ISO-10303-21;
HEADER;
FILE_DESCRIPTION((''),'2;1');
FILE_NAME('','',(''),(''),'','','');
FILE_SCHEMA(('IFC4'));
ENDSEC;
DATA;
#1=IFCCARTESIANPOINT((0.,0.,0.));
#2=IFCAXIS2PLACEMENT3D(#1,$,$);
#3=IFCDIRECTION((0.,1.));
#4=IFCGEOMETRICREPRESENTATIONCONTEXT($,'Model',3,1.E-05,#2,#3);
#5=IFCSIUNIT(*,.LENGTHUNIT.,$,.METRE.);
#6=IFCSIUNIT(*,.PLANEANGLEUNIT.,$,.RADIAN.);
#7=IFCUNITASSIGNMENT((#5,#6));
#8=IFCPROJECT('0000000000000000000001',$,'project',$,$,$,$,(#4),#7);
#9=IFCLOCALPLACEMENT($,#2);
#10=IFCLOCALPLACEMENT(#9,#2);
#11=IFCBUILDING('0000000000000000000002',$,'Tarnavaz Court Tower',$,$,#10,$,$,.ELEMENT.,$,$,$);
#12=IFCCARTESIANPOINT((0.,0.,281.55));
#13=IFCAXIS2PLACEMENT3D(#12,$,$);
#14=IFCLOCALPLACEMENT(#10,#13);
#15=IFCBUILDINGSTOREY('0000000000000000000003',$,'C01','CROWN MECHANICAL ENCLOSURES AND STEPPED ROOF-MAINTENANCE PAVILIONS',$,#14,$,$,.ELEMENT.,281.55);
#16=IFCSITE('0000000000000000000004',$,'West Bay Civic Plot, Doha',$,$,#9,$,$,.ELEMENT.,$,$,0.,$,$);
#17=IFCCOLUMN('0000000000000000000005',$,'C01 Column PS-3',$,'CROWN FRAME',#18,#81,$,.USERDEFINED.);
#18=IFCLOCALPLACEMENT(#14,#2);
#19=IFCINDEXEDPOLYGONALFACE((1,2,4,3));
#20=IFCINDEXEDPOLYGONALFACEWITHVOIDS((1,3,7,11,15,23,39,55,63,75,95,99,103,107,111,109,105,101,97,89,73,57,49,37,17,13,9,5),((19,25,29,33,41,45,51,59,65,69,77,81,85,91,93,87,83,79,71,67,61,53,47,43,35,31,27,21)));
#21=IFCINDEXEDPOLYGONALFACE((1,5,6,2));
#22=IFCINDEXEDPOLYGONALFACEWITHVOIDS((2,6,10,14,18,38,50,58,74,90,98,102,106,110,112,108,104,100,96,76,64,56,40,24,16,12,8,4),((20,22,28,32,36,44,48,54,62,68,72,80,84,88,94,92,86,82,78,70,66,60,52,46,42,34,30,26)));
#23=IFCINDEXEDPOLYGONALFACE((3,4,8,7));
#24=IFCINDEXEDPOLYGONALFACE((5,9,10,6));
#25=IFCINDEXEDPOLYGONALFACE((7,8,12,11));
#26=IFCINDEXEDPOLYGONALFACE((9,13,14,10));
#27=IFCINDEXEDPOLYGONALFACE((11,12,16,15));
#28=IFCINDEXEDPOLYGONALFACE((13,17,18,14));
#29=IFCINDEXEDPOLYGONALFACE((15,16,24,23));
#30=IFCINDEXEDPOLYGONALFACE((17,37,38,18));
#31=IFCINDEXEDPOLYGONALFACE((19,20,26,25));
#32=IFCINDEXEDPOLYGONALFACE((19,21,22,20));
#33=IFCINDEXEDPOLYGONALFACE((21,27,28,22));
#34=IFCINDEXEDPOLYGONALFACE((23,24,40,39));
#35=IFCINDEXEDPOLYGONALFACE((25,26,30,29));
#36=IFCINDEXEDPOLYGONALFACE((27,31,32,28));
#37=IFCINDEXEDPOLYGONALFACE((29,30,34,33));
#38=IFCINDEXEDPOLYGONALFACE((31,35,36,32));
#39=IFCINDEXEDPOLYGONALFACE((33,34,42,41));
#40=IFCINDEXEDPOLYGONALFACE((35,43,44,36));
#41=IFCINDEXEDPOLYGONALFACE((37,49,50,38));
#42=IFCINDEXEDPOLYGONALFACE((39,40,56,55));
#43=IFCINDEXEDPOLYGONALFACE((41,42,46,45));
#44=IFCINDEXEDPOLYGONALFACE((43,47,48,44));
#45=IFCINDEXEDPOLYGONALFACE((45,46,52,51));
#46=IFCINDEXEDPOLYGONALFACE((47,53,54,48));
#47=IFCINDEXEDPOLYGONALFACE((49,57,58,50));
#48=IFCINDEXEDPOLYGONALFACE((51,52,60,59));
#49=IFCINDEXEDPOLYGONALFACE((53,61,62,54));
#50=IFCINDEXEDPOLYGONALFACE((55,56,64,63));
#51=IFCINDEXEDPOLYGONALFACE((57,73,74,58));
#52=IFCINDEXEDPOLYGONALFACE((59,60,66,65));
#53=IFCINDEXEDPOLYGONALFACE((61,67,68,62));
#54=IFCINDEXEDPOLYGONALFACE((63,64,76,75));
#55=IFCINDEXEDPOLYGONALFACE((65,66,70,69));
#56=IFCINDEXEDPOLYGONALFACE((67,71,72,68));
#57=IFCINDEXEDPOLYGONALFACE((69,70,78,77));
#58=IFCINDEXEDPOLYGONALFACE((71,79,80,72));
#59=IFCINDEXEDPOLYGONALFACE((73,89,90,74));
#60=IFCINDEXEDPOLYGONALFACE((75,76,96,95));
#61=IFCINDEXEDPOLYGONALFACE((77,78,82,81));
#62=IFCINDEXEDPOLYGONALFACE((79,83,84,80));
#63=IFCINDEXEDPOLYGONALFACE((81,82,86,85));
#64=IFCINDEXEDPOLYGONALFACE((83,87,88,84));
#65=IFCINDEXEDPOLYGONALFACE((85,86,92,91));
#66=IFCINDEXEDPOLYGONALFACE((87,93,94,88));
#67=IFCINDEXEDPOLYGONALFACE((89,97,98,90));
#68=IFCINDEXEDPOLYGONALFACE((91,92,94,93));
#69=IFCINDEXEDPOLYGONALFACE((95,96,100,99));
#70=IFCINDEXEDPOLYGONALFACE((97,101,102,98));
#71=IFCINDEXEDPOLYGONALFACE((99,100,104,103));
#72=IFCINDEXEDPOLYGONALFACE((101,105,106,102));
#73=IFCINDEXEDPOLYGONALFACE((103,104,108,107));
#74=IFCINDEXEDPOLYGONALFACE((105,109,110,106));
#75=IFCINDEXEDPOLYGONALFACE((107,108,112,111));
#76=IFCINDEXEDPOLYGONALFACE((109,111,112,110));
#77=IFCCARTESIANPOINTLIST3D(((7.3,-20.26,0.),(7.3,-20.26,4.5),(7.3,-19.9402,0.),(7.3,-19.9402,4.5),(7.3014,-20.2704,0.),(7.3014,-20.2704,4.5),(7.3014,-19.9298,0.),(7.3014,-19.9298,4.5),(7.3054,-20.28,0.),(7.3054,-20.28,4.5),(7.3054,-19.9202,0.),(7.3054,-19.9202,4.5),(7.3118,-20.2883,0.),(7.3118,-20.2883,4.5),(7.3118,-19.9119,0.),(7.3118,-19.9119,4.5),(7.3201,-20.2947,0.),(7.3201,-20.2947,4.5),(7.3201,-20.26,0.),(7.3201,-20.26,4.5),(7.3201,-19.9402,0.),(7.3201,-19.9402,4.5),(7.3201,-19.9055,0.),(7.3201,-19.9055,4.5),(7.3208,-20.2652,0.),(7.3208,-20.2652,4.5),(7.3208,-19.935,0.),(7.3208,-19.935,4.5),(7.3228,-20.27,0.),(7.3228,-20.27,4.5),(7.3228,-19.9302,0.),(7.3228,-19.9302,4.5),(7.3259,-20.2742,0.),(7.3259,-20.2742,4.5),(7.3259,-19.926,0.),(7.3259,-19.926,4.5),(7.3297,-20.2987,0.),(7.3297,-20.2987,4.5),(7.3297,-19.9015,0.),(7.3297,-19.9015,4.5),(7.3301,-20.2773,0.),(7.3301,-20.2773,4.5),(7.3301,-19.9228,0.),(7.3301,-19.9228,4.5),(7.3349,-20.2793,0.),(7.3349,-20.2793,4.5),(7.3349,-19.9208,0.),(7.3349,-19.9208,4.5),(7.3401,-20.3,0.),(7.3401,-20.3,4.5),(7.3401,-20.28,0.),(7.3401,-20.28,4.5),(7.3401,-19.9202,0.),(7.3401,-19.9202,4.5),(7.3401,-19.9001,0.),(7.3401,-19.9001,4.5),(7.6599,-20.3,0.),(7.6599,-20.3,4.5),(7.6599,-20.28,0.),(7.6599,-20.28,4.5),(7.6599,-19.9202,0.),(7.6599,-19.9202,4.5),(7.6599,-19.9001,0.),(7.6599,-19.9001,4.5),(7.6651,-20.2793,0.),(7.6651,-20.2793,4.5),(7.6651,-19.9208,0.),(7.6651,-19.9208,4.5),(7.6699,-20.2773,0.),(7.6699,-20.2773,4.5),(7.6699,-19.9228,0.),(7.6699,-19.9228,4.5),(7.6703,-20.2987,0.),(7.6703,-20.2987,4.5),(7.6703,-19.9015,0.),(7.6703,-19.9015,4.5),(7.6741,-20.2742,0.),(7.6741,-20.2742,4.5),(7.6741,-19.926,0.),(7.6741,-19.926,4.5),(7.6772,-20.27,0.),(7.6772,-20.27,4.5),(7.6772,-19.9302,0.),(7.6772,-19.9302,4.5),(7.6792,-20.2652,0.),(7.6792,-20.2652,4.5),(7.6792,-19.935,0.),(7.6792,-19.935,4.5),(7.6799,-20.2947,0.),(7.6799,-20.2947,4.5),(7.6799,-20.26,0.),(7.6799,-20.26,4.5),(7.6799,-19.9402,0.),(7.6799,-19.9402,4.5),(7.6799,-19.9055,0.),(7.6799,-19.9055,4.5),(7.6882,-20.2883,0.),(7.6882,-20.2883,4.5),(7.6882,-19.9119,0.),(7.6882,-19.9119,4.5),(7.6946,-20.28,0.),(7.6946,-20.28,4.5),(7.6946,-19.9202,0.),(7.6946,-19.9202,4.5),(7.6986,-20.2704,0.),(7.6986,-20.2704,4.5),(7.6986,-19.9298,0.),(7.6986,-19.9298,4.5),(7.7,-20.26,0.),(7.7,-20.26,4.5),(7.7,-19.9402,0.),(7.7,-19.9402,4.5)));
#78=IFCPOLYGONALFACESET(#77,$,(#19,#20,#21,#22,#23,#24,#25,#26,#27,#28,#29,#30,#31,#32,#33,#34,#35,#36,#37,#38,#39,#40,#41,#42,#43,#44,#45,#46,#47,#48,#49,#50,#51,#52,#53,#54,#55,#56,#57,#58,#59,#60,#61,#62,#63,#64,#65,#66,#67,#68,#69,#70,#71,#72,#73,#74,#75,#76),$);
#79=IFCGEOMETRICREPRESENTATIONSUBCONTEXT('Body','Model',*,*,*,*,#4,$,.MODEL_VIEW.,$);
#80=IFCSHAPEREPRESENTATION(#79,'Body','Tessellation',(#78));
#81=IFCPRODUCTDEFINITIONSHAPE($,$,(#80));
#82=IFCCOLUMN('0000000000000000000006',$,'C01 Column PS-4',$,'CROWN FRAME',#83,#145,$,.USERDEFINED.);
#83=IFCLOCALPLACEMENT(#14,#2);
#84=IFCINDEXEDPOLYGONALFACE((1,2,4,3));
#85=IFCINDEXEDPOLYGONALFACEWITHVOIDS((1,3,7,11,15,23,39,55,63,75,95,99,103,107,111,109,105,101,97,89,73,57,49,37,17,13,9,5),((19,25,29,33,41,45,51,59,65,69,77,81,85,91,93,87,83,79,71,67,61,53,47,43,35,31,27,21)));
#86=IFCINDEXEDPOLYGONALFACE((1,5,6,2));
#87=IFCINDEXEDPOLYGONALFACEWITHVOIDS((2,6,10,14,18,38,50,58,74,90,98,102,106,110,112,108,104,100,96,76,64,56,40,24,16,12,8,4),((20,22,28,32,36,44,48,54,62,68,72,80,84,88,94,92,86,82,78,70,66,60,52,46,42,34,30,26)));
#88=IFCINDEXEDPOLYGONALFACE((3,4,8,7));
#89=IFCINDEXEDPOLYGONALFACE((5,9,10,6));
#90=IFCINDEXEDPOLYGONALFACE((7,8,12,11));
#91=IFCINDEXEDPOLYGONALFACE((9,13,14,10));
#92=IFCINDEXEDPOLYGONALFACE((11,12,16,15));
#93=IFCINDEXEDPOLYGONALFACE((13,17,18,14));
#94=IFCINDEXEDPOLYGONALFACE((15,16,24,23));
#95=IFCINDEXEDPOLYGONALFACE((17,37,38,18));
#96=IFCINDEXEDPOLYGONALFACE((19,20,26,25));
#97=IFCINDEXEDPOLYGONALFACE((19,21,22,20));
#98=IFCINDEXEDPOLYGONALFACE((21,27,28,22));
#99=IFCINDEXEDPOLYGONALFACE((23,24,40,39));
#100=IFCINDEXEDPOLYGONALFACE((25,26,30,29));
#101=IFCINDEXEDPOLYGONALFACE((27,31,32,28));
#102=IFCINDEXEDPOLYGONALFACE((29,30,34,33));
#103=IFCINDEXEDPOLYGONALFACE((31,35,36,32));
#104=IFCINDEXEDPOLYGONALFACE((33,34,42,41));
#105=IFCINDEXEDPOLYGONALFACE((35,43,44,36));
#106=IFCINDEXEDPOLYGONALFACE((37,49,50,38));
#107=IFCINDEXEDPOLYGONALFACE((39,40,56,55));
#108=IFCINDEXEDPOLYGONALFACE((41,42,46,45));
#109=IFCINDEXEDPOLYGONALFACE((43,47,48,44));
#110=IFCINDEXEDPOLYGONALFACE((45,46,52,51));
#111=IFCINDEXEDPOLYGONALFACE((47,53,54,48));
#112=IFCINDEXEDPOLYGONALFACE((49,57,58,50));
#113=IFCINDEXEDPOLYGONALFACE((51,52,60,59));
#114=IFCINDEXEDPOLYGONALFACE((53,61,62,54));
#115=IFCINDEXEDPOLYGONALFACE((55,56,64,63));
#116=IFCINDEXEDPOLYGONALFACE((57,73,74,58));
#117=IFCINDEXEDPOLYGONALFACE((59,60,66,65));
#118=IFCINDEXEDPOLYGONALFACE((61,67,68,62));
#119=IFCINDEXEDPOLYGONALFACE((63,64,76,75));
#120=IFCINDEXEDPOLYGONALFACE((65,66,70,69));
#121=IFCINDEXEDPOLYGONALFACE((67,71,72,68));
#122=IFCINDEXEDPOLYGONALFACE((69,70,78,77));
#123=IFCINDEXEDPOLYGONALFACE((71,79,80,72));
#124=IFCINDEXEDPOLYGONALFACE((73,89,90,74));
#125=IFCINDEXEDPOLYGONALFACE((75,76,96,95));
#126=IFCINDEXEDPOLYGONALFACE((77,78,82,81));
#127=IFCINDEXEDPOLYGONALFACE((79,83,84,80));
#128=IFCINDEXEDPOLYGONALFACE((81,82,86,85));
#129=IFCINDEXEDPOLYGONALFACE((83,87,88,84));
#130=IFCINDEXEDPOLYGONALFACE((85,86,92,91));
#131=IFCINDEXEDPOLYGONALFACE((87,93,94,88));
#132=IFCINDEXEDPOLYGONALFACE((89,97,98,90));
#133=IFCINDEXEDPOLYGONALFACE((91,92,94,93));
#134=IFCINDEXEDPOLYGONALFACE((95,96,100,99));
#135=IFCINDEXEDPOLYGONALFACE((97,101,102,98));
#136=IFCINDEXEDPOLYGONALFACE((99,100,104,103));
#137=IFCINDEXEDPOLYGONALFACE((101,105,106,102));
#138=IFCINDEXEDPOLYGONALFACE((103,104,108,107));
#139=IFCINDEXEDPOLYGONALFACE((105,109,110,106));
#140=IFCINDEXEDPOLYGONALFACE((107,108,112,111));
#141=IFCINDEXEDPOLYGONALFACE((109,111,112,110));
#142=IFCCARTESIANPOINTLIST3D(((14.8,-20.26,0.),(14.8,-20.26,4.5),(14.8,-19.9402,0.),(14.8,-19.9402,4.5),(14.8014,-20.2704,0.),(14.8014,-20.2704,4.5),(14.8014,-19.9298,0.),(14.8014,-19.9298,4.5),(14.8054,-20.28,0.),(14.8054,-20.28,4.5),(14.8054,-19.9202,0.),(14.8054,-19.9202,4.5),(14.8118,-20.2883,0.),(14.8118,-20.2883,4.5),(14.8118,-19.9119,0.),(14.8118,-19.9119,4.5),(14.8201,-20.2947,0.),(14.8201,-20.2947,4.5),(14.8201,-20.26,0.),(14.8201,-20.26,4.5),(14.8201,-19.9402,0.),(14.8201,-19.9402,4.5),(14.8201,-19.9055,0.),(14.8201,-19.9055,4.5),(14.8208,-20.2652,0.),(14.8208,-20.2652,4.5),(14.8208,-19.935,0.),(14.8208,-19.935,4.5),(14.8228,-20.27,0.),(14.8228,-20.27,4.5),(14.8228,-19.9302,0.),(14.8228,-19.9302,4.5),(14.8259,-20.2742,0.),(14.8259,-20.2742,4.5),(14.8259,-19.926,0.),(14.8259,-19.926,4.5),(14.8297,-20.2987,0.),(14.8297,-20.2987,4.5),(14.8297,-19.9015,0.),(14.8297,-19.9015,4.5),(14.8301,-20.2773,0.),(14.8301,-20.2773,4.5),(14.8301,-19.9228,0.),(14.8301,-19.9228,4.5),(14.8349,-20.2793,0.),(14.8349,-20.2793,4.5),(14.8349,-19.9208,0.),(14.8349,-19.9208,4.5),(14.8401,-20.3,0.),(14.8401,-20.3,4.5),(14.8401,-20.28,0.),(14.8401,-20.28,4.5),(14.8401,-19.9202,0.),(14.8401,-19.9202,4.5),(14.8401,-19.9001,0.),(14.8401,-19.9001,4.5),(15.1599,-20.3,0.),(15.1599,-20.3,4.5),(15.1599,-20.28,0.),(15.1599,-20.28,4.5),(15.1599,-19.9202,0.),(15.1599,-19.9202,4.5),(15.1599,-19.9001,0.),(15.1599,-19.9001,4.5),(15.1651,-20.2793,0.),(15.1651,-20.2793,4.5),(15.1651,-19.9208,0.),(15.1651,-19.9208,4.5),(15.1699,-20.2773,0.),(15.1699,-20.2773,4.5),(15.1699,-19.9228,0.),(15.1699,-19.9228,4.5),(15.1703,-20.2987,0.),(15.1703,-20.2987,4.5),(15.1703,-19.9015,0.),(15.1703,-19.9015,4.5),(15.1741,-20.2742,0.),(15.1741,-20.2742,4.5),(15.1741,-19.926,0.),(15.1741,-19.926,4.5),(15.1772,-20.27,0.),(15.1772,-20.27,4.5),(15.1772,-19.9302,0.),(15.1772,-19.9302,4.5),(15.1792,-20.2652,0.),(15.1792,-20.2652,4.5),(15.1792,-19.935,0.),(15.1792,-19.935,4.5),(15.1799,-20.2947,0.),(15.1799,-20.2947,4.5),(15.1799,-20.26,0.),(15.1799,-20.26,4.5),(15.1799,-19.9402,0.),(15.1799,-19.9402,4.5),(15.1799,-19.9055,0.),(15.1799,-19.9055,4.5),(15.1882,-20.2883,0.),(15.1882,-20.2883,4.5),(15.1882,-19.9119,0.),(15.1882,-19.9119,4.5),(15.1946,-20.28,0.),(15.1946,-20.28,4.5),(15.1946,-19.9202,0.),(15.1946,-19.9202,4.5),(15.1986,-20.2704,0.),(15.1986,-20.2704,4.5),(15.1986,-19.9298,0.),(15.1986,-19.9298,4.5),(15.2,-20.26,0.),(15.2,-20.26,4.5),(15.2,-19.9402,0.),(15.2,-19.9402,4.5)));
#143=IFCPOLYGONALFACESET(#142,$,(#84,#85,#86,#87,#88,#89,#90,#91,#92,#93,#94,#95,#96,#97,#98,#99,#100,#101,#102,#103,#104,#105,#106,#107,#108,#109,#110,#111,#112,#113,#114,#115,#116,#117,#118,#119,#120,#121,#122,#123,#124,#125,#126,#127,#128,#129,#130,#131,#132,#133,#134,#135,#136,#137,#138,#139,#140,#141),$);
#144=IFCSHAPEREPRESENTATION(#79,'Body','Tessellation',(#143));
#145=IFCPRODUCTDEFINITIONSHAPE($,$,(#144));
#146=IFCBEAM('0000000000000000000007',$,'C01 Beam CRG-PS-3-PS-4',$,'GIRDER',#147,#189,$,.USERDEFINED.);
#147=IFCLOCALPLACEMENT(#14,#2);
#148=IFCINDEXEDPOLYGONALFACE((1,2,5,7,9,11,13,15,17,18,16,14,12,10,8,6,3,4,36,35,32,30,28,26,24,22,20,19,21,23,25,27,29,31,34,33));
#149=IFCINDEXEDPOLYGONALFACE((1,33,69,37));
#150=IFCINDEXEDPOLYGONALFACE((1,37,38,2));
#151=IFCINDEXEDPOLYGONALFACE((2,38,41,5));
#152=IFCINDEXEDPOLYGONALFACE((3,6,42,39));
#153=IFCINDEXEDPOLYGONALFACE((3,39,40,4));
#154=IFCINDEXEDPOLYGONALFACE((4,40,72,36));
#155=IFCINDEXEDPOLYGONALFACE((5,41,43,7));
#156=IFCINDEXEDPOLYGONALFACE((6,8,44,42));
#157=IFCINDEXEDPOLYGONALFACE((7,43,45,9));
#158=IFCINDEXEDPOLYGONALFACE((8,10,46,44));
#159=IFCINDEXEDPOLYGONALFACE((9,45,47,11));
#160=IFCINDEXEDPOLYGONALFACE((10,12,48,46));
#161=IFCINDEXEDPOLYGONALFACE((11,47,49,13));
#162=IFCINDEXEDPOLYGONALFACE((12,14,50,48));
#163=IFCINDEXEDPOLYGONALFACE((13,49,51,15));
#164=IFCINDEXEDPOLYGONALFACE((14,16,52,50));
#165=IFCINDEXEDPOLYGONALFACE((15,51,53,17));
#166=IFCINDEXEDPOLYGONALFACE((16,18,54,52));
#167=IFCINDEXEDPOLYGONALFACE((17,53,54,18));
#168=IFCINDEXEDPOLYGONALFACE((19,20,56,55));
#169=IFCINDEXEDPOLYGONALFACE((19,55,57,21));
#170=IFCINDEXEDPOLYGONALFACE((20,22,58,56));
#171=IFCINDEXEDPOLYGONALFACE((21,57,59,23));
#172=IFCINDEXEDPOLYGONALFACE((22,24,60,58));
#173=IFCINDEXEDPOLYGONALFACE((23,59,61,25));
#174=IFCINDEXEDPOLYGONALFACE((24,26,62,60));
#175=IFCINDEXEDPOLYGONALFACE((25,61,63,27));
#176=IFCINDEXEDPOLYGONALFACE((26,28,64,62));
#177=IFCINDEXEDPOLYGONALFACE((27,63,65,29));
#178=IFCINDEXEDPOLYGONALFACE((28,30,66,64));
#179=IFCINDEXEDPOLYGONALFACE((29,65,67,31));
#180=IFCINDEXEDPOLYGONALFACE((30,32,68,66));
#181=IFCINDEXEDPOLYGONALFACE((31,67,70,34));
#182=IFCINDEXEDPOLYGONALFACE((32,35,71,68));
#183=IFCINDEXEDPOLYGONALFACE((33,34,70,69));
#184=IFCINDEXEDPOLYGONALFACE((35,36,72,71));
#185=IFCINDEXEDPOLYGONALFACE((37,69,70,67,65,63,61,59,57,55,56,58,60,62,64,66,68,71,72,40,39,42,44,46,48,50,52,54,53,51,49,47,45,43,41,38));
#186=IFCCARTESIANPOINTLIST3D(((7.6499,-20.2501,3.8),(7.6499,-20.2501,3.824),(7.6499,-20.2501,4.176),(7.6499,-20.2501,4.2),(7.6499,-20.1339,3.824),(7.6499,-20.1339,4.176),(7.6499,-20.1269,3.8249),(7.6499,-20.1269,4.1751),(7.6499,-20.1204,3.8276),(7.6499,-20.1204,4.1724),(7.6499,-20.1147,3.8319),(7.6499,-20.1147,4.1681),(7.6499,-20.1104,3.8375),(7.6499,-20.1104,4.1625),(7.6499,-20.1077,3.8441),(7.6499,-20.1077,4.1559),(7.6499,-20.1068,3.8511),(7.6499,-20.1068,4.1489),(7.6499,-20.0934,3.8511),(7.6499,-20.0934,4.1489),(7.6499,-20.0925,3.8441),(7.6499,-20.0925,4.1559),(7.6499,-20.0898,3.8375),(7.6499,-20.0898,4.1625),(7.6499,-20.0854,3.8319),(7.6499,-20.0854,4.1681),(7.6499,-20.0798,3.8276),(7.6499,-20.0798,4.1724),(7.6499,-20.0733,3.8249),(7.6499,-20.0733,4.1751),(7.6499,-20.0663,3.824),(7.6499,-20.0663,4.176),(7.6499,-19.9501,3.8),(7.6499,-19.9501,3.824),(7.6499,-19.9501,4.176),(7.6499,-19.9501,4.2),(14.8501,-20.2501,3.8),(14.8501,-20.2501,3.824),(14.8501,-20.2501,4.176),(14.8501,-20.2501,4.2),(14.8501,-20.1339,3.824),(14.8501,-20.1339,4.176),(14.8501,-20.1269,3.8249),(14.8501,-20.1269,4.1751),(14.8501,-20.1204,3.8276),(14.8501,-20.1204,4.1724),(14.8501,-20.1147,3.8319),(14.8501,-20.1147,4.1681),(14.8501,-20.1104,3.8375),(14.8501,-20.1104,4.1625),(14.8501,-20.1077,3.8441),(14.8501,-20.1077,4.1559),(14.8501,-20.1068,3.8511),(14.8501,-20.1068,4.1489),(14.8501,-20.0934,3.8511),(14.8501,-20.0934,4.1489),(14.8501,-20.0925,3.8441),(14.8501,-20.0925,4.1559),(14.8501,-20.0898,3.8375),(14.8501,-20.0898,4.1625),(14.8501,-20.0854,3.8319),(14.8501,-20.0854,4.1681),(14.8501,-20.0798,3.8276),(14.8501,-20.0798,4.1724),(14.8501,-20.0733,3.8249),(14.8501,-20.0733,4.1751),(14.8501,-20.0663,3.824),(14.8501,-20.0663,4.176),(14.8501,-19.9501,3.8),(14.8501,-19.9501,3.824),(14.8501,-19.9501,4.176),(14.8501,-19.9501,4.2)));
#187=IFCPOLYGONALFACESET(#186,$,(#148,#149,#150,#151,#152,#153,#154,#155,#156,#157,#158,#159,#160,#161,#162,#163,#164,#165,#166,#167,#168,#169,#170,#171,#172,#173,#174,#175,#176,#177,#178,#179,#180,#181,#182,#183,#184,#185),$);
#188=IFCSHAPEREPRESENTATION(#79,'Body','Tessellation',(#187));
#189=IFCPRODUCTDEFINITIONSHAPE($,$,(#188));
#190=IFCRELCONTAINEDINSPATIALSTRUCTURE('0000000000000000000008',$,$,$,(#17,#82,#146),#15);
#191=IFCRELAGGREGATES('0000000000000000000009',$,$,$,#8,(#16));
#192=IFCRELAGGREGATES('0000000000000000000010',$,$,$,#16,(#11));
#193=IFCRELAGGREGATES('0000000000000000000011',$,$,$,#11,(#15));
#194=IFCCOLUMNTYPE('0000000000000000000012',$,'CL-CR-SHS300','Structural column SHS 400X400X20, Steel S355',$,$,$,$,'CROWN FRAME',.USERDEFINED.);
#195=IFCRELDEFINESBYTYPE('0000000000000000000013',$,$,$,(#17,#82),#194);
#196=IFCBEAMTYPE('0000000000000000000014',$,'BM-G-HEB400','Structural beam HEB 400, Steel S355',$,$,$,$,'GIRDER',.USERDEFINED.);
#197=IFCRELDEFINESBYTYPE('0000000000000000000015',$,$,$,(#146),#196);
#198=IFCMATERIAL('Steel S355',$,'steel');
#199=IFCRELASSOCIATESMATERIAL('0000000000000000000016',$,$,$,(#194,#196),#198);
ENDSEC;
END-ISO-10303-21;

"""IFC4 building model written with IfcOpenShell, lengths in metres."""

from ifc_helpers import new_model, si_unit, direction, frame, origin, origin_2d, place, context, subcontext, project, spatial, hollow_rectangle, i_section, extrude, material, material_profile, profile_set, type_object, element, save


model = new_model("IFC4")

# Units and contexts
model_context = context("Model", 3, precision=1e-05, world=origin(), true_north=direction((0.0, 1.0)))
body_context = subcontext(model_context, "Body", "Model", "MODEL_VIEW")
ifc_project = project(units=[si_unit("LENGTHUNIT", "METRE"), si_unit("PLANEANGLEUNIT", "RADIAN")], contexts=[model_context])

# Site, building, storey
site_placement = place(None, origin())
site = spatial("IfcSite", under=ifc_project, at=site_placement, Name="West Bay Civic Plot, Doha", CompositionType="ELEMENT", RefElevation=0.0)
building_placement = place(site_placement, origin())
building = spatial("IfcBuilding", under=site, at=building_placement, Name="Tarnavaz Court Tower", CompositionType="ELEMENT")
storey_placement = place(building_placement, frame((0.0, 0.0, 281.55)))
storey = spatial("IfcBuildingStorey", under=building, at=storey_placement, Name="C01", Description="CROWN MECHANICAL ENCLOSURES AND STEPPED ROOF-MAINTENANCE PAVILIONS", CompositionType="ELEMENT", Elevation=281.55)

# Columns
ifc_material_1 = material(Name="Steel S355", Category="steel")
ifc_material_profile_1 = material_profile(ifc_material_1, hollow_rectangle(XDim=0.3999, YDim=0.3999, WallThickness=0.02, InnerFilletRadius=0.02, OuterFilletRadius=0.04, at=origin_2d()), Name="SHS 400X400X20")
ifc_profile_set_1 = profile_set([ifc_material_profile_1], Name="Steel S355")
column_type = type_object("IfcColumnType", Name="CL-CR-SHS300", Description="Structural column SHS 400X400X20, Steel S355", ElementType="CROWN FRAME", PredefinedType="USERDEFINED", material=ifc_profile_set_1)
for number, where, z_axis, x_axis, name in (
    (1, (7.5, -20.1001, 0.0), (0.0, 0.0, 1.0), (1.0, 0.0, 0.0), "C01 Column PS-3"),
    (2, (15.0, -20.1001, 0.0), (0.0, 0.0, 1.0), (1.0, 0.0, 0.0), "C01 Column PS-4"),
):
    element("IfcColumn", number, at=place(storey_placement, frame(where, z_axis=z_axis, x_axis=x_axis)), inside=storey, type_object=column_type, Name=name, ObjectType="CROWN FRAME", PredefinedType="USERDEFINED", context=body_context, shape_type="SweptSolid", body=[
        extrude(hollow_rectangle(XDim=0.3999, YDim=0.3999, WallThickness=0.02, InnerFilletRadius=0.02, OuterFilletRadius=0.04, at=origin_2d()), origin(), (0.0, 0.0, 1.0), 4.5),
    ])

# Beam
ifc_material_profile_2 = material_profile(ifc_material_1, i_section(OverallWidth=0.3, OverallDepth=0.3999, WebThickness=0.0134, FlangeThickness=0.0239, FilletRadius=0.0271, at=origin_2d()), Name="HEB 400")
ifc_profile_set_2 = profile_set([ifc_material_profile_2], Name="Steel S355")
beam_type = type_object("IfcBeamType", Name="BM-G-HEB400", Description="Structural beam HEB 400, Steel S355", ElementType="GIRDER", PredefinedType="USERDEFINED", material=ifc_profile_set_2)
beam_placement = place(storey_placement, frame((7.6499, -20.1001, 4.0), z_axis=(1.0, 0.0, 0.0), x_axis=(0.0, 1.0, 0.0)))
element("IfcBeam", 3, at=beam_placement, inside=storey, type_object=beam_type, Name="C01 Beam CRG-PS-3-PS-4", ObjectType="GIRDER", PredefinedType="USERDEFINED", context=body_context, shape_type="SweptSolid", body=[
    extrude(i_section(OverallWidth=0.3, OverallDepth=0.3999, WebThickness=0.0134, FlangeThickness=0.0239, FilletRadius=0.0271, at=origin_2d()), origin(), (0.0, 0.0, 1.0), 7.2002),
])

save(model, "model.ifc")
